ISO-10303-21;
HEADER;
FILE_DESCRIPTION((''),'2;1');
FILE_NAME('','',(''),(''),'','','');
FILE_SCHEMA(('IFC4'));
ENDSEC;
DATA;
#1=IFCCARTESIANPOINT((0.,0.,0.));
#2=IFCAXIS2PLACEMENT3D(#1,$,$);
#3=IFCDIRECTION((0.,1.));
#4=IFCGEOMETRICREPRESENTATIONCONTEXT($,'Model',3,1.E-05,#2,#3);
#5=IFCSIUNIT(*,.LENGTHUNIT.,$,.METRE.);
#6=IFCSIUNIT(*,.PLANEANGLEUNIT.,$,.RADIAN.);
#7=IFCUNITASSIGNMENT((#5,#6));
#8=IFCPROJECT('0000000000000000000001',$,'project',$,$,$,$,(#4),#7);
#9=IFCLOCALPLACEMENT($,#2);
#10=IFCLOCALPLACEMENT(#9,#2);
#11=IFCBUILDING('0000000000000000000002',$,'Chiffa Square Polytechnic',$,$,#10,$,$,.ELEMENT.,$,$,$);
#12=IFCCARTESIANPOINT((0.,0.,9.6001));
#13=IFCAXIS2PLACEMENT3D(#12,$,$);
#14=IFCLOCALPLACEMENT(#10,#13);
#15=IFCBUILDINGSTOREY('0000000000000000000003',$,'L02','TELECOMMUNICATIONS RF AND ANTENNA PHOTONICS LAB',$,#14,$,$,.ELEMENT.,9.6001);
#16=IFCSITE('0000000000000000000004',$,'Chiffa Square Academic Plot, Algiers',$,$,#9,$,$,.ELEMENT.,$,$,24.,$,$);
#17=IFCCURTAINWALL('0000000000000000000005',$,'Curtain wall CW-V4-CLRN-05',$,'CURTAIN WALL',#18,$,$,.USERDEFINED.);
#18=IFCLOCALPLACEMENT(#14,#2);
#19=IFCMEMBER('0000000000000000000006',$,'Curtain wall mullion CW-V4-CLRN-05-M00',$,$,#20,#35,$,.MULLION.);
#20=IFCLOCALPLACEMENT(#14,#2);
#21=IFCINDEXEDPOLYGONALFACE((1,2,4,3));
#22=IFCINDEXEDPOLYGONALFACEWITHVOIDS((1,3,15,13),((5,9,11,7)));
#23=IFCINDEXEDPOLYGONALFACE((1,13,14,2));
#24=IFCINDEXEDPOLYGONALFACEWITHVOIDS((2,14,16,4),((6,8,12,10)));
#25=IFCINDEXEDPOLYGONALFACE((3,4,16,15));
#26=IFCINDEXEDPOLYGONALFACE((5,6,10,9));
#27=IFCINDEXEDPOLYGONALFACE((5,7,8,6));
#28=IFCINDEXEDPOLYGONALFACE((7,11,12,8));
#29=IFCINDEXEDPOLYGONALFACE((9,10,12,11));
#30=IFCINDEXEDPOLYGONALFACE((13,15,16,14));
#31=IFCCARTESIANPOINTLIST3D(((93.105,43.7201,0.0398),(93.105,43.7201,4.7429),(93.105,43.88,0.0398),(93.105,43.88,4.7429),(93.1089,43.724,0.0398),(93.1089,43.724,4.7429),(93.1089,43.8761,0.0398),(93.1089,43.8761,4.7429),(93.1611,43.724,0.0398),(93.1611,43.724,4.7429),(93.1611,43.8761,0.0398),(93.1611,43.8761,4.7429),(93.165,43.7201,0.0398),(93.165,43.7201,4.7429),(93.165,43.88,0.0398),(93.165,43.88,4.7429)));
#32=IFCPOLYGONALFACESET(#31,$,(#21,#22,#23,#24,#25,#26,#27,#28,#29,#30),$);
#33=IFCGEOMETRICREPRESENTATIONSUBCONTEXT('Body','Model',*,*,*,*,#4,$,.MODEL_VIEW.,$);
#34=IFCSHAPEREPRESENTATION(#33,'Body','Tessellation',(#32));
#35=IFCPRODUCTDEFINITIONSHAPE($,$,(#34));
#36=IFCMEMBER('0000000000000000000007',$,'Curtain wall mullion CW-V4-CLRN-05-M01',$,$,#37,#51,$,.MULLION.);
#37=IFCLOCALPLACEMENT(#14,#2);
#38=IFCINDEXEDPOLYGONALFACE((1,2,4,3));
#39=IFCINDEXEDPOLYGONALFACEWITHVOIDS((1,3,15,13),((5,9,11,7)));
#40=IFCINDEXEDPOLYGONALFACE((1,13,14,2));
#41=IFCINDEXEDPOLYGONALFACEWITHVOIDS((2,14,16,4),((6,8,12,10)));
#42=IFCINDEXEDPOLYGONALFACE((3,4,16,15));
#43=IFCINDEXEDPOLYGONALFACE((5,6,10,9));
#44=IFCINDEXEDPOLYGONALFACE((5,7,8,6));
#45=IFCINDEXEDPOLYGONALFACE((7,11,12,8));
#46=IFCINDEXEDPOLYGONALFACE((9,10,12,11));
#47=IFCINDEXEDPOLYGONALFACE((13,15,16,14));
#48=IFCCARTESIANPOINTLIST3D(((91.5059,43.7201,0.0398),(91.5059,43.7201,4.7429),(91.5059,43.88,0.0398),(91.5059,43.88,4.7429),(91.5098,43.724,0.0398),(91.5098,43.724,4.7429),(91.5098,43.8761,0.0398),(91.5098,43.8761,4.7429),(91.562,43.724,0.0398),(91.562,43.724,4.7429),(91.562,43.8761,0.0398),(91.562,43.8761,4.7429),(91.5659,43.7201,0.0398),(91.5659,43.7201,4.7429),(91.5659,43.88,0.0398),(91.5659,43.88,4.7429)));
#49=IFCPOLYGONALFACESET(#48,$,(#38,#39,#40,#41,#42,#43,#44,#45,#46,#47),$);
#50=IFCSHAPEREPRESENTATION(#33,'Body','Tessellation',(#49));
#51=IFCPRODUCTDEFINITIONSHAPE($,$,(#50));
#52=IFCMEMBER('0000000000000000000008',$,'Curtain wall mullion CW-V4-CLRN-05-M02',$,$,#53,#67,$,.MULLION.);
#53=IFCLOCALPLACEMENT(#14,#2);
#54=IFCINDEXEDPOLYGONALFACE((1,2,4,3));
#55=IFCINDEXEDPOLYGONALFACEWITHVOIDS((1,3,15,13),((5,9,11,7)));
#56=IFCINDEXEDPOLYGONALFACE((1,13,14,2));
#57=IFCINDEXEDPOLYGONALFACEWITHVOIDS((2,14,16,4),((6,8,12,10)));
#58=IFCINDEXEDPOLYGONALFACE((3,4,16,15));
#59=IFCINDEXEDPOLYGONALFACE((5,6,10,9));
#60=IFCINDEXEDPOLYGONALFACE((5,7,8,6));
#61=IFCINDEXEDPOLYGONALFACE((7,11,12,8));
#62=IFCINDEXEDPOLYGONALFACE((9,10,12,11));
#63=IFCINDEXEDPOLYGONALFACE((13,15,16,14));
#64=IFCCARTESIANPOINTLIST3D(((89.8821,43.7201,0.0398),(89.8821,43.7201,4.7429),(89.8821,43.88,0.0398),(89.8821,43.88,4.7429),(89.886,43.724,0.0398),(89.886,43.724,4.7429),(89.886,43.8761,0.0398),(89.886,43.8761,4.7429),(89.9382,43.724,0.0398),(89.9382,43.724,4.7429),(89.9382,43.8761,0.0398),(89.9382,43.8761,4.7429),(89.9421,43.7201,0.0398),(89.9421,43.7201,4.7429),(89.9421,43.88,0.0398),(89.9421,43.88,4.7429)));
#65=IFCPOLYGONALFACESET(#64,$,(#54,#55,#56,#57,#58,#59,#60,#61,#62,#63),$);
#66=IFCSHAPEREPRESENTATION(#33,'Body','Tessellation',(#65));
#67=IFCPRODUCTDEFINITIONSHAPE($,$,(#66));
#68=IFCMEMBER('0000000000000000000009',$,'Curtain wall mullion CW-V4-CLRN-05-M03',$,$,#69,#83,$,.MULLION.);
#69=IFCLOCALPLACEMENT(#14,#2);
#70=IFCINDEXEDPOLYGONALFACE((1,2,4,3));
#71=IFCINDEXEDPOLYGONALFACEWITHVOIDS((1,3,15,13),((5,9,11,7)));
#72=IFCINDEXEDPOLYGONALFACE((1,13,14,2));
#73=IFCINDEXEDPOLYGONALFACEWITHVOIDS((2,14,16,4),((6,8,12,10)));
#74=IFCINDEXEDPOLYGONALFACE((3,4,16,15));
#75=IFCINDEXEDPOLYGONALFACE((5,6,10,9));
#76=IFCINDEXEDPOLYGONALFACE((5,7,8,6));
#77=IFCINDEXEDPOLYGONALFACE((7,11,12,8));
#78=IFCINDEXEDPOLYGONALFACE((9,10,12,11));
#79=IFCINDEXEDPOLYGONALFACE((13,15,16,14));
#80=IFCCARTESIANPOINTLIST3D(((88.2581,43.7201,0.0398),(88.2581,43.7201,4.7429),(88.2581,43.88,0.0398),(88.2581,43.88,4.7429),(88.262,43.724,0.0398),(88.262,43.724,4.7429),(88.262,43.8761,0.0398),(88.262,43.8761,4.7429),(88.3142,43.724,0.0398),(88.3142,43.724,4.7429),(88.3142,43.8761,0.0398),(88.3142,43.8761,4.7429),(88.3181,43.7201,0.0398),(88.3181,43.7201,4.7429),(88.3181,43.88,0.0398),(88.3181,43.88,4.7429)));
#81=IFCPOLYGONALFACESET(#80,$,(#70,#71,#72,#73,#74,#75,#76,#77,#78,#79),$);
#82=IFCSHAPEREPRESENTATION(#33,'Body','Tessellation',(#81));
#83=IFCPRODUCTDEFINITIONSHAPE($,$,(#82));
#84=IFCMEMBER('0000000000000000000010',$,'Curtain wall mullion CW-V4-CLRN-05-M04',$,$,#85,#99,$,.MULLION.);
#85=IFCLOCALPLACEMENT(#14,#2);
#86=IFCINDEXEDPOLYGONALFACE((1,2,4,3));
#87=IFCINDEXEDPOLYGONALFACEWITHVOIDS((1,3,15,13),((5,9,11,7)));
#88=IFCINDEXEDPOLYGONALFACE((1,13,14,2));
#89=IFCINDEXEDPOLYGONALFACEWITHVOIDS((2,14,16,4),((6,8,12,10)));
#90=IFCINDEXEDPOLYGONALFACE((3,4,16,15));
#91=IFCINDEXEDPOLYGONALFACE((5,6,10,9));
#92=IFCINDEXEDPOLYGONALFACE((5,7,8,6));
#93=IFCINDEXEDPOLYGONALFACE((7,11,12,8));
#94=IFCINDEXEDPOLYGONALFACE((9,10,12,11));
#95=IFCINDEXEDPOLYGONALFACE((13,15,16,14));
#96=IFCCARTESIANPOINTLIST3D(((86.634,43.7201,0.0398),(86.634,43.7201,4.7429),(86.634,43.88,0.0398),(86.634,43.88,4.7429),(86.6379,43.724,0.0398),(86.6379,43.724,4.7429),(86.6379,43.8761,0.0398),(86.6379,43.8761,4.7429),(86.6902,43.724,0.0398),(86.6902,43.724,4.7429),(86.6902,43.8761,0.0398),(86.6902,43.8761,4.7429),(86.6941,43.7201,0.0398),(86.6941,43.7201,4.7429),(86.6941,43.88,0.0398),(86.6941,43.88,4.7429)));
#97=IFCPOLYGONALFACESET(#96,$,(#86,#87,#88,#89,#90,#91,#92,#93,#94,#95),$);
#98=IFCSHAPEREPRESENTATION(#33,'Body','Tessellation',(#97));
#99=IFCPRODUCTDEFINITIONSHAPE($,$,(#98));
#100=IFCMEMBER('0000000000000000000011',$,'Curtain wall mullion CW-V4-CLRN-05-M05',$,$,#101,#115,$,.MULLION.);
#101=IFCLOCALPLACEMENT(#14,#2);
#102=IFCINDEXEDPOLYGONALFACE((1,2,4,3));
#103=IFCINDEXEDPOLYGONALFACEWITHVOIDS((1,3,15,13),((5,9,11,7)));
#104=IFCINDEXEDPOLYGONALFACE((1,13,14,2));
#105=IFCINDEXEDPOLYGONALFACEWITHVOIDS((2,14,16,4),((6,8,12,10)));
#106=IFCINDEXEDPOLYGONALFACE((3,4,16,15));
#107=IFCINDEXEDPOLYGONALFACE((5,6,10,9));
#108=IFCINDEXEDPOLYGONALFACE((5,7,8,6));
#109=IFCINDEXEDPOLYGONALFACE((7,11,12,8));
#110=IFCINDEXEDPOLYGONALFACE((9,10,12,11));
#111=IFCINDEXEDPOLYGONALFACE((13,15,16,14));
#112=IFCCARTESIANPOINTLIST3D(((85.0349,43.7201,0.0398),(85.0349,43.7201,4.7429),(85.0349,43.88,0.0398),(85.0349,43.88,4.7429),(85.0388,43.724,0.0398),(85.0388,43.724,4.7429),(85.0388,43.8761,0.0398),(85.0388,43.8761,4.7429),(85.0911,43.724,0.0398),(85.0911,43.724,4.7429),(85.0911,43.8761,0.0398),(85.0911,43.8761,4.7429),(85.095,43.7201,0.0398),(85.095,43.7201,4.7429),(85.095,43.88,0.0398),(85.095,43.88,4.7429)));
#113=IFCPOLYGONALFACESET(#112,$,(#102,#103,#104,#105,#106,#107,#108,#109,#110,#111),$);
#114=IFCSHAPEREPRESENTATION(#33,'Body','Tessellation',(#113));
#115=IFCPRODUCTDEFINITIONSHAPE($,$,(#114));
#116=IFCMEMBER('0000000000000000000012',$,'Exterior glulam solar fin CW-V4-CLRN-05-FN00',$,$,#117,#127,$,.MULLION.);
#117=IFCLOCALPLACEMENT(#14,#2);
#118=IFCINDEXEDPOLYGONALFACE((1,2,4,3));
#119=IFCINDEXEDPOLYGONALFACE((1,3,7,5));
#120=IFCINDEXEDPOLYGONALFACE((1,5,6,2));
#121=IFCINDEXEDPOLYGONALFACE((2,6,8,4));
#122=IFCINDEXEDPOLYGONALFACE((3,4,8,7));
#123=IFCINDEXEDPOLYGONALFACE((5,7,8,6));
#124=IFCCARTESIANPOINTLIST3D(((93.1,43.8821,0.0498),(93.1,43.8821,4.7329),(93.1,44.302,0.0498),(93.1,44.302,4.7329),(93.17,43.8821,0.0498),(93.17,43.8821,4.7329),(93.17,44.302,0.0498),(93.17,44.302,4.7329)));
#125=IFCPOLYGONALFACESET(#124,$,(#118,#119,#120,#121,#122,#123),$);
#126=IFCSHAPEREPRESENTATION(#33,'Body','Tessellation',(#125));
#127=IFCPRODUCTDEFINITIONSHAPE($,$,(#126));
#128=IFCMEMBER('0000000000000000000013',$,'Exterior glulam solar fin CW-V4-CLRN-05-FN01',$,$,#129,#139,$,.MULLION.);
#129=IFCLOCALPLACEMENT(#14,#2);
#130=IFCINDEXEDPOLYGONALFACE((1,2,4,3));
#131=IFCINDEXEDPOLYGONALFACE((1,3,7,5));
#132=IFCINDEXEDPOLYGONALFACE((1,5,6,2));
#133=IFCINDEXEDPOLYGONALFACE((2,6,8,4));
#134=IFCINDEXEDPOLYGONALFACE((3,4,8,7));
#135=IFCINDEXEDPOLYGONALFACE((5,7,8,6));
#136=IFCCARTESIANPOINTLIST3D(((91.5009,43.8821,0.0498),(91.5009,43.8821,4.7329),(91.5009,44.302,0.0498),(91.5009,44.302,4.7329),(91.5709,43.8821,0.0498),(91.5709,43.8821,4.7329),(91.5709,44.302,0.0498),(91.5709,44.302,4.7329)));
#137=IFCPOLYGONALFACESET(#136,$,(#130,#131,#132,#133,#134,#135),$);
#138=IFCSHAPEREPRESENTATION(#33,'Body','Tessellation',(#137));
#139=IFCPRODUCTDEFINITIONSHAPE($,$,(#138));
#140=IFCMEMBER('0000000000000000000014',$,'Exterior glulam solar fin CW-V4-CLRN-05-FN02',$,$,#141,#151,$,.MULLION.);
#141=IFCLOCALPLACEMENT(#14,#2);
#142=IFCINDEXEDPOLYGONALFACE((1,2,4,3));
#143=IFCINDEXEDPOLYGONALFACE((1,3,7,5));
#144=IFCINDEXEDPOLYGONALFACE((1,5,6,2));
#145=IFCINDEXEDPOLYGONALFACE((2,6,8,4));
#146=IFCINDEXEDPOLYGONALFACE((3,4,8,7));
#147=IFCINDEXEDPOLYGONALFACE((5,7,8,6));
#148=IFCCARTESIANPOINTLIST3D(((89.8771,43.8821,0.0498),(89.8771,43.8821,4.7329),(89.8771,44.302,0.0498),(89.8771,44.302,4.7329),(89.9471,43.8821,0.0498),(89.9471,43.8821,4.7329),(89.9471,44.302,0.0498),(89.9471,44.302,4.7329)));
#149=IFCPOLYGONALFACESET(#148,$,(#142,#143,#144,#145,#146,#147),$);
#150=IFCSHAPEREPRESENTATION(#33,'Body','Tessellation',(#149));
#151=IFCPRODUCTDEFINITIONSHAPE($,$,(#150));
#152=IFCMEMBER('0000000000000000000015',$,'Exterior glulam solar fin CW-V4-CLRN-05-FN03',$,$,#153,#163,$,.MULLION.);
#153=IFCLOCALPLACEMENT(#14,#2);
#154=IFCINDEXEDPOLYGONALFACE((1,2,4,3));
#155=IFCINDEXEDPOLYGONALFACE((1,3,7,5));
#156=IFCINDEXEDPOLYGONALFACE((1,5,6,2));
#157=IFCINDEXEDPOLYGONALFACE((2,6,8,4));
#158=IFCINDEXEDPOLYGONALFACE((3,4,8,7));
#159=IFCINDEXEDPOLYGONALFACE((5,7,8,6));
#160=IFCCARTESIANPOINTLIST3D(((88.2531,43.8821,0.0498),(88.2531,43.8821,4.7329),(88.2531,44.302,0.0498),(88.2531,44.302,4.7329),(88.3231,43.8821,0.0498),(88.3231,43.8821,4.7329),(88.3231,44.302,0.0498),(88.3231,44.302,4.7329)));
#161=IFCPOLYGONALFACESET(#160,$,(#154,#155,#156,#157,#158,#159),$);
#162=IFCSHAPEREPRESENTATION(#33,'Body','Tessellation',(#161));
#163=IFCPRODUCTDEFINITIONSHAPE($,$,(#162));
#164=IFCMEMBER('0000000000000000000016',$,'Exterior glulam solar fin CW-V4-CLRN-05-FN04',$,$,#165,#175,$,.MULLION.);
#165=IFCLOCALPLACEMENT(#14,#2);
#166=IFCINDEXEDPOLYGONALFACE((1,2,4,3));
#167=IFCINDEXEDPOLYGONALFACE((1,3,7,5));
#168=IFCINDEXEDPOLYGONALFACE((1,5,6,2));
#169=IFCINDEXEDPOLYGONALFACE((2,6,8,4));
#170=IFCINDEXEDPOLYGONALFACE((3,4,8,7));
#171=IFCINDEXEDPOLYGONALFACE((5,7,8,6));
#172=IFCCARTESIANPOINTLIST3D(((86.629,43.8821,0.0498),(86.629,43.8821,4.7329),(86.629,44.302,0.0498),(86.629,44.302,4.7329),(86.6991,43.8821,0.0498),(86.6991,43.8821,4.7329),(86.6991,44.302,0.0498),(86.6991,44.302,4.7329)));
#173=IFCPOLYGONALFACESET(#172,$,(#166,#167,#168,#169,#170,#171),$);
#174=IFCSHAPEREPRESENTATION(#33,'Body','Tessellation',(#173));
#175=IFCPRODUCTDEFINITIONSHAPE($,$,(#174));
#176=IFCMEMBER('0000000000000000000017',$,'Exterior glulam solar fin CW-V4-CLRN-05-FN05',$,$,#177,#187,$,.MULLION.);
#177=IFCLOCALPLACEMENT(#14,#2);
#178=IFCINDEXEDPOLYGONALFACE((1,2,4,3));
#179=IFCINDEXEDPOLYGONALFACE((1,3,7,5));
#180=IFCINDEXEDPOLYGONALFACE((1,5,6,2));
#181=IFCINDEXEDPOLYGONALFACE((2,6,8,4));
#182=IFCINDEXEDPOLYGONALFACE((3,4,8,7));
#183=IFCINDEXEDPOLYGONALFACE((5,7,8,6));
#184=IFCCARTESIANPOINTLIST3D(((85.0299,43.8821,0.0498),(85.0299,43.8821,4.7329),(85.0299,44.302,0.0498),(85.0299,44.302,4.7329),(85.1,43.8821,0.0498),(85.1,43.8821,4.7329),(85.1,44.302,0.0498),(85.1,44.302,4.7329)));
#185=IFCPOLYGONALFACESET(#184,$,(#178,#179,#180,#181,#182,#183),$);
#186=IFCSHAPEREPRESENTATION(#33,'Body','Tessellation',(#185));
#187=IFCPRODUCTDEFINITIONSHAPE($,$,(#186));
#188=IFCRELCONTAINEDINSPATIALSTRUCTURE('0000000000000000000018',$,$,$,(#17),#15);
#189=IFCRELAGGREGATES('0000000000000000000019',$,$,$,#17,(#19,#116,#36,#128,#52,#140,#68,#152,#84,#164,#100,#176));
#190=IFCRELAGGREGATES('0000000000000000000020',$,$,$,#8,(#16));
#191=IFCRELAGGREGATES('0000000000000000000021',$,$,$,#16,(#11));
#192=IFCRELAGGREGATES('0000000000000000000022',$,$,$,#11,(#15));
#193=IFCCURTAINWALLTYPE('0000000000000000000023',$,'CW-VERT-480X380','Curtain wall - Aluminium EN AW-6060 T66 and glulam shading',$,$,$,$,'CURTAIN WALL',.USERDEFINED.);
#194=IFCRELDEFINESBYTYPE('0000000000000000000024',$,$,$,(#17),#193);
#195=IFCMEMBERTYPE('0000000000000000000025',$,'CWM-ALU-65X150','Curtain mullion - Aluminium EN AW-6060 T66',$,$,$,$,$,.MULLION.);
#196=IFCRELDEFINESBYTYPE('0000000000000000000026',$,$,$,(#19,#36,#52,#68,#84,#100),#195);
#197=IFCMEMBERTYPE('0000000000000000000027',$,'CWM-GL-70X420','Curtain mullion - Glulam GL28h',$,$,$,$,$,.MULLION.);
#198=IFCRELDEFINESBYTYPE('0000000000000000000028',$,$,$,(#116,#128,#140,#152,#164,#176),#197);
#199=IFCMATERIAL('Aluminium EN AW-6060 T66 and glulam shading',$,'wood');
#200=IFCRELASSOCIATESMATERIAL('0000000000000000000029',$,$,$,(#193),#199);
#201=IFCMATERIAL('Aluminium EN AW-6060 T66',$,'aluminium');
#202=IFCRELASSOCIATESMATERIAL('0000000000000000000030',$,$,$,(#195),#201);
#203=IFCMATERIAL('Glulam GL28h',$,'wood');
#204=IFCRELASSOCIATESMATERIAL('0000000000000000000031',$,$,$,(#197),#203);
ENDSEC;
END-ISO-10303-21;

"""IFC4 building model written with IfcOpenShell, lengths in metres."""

from ifc_helpers import new_model, si_unit, direction, frame, origin, origin_2d, place, context, subcontext, project, spatial, rectangle, hollow_rectangle, extrude, material, material_profile, profile_set, type_object, element, aggregate, save


model = new_model("IFC4")

# Units and contexts
model_context = context("Model", 3, precision=1e-05, world=origin(), true_north=direction((0.0, 1.0)))
body_context = subcontext(model_context, "Body", "Model", "MODEL_VIEW")
ifc_project = project(units=[si_unit("LENGTHUNIT", "METRE"), si_unit("PLANEANGLEUNIT", "RADIAN")], contexts=[model_context])

# Site, building, storey
site_placement = place(None, origin())
site = spatial("IfcSite", under=ifc_project, at=site_placement, Name="Chiffa Square Academic Plot, Algiers", CompositionType="ELEMENT", RefElevation=24.0)
building_placement = place(site_placement, origin())
building = spatial("IfcBuilding", under=site, at=building_placement, Name="Chiffa Square Polytechnic", CompositionType="ELEMENT")
storey_placement = place(building_placement, frame((0.0, 0.0, 9.6001)))
storey = spatial("IfcBuildingStorey", under=building, at=storey_placement, Name="L02", Description="TELECOMMUNICATIONS RF AND ANTENNA PHOTONICS LAB", CompositionType="ELEMENT", Elevation=9.6001)

# Curtain wall, members
ifc_material_1 = material(Name="Aluminium EN AW-6060 T66 and glulam shading", Category="wood")
curtain_wall_type = type_object("IfcCurtainWallType", Name="CW-VERT-480X380", Description="Curtain wall - Aluminium EN AW-6060 T66 and glulam shading", ElementType="CURTAIN WALL", PredefinedType="USERDEFINED", material=ifc_material_1)
curtain_wall_placement = place(storey_placement, origin())
curtain_wall = element("IfcCurtainWall", 1, at=curtain_wall_placement, inside=storey, type_object=curtain_wall_type, Name="Curtain wall CW-V4-CLRN-05", ObjectType="CURTAIN WALL", PredefinedType="USERDEFINED")
ifc_material_2 = material(Name="Aluminium EN AW-6060 T66", Category="aluminium")
ifc_material_profile_1 = material_profile(ifc_material_2, hollow_rectangle(XDim=0.0601, YDim=0.1599, WallThickness=0.0039, at=origin_2d()), Name="ALU 60x160x4")
ifc_profile_set_1 = profile_set([ifc_material_profile_1], Name="Aluminium EN AW-6060 T66")
member_type_1 = type_object("IfcMemberType", Name="CWM-ALU-65X150", Description="Curtain mullion - Aluminium EN AW-6060 T66", PredefinedType="MULLION", material=ifc_profile_set_1)
member_1_placement = place(storey_placement, frame((93.135, 43.8, 0.0398), z_axis=(0.0, 0.0, 1.0), x_axis=(1.0, 0.0, 0.0)))
member_1 = element("IfcMember", 2, at=member_1_placement, type_object=member_type_1, Name="Curtain wall mullion CW-V4-CLRN-05-M00", PredefinedType="MULLION", context=body_context, shape_type="SweptSolid", body=[
    extrude(hollow_rectangle(XDim=0.0601, YDim=0.1599, WallThickness=0.0039, at=origin_2d()), origin(), (0.0, 0.0, 1.0), 4.7031),
])
member_2_placement = place(storey_placement, frame((91.5359, 43.8, 0.0398), z_axis=(0.0, 0.0, 1.0), x_axis=(1.0, 0.0, 0.0)))
member_2 = element("IfcMember", 3, at=member_2_placement, type_object=member_type_1, Name="Curtain wall mullion CW-V4-CLRN-05-M01", PredefinedType="MULLION", context=body_context, shape_type="SweptSolid", body=[
    extrude(hollow_rectangle(XDim=0.0601, YDim=0.1599, WallThickness=0.0039, at=origin_2d()), origin(), (0.0, 0.0, 1.0), 4.7031),
])
member_3_placement = place(storey_placement, frame((89.9121, 43.8, 0.0398), z_axis=(0.0, 0.0, 1.0), x_axis=(1.0, 0.0, 0.0)))
member_3 = element("IfcMember", 4, at=member_3_placement, type_object=member_type_1, Name="Curtain wall mullion CW-V4-CLRN-05-M02", PredefinedType="MULLION", context=body_context, shape_type="SweptSolid", body=[
    extrude(hollow_rectangle(XDim=0.0601, YDim=0.1599, WallThickness=0.0039, at=origin_2d()), origin(), (0.0, 0.0, 1.0), 4.7031),
])
member_4_placement = place(storey_placement, frame((88.2881, 43.8, 0.0398), z_axis=(0.0, 0.0, 1.0), x_axis=(1.0, 0.0, 0.0)))
member_4 = element("IfcMember", 5, at=member_4_placement, type_object=member_type_1, Name="Curtain wall mullion CW-V4-CLRN-05-M03", PredefinedType="MULLION", context=body_context, shape_type="SweptSolid", body=[
    extrude(hollow_rectangle(XDim=0.0601, YDim=0.1599, WallThickness=0.0039, at=origin_2d()), origin(), (0.0, 0.0, 1.0), 4.7031),
])
member_5_placement = place(storey_placement, frame((86.6641, 43.8, 0.0398), z_axis=(0.0, 0.0, 1.0), x_axis=(1.0, 0.0, 0.0)))
member_5 = element("IfcMember", 6, at=member_5_placement, type_object=member_type_1, Name="Curtain wall mullion CW-V4-CLRN-05-M04", PredefinedType="MULLION", context=body_context, shape_type="SweptSolid", body=[
    extrude(hollow_rectangle(XDim=0.0601, YDim=0.1599, WallThickness=0.0039, at=origin_2d()), origin(), (0.0, 0.0, 1.0), 4.7031),
])
member_6_placement = place(storey_placement, frame((85.0649, 43.8, 0.0398), z_axis=(0.0, 0.0, 1.0), x_axis=(1.0, 0.0, 0.0)))
member_6 = element("IfcMember", 7, at=member_6_placement, type_object=member_type_1, Name="Curtain wall mullion CW-V4-CLRN-05-M05", PredefinedType="MULLION", context=body_context, shape_type="SweptSolid", body=[
    extrude(hollow_rectangle(XDim=0.0601, YDim=0.1599, WallThickness=0.0039, at=origin_2d()), origin(), (0.0, 0.0, 1.0), 4.7031),
])
ifc_material_3 = material(Name="Glulam GL28h", Category="wood")
ifc_material_profile_2 = material_profile(ifc_material_3, rectangle(XDim=0.0701, YDim=0.4199, at=origin_2d()), Name="GL28h 70x420")
ifc_profile_set_2 = profile_set([ifc_material_profile_2], Name="Glulam GL28h")
member_type_2 = type_object("IfcMemberType", Name="CWM-GL-70X420", Description="Curtain mullion - Glulam GL28h", PredefinedType="MULLION", material=ifc_profile_set_2)
member_7_placement = place(storey_placement, frame((93.135, 44.092, 0.0498), z_axis=(0.0, 0.0, 1.0), x_axis=(-1.0, 0.0, 0.0)))
member_7 = element("IfcMember", 8, at=member_7_placement, type_object=member_type_2, Name="Exterior glulam solar fin CW-V4-CLRN-05-FN00", PredefinedType="MULLION", context=body_context, shape_type="SweptSolid", body=[
    extrude(rectangle(XDim=0.0701, YDim=0.4199, at=origin_2d()), origin(), (0.0, 0.0, 1.0), 4.6831),
])
member_8_placement = place(storey_placement, frame((91.5359, 44.092, 0.0498), z_axis=(0.0, 0.0, 1.0), x_axis=(-1.0, 0.0, 0.0)))
member_8 = element("IfcMember", 9, at=member_8_placement, type_object=member_type_2, Name="Exterior glulam solar fin CW-V4-CLRN-05-FN01", PredefinedType="MULLION", context=body_context, shape_type="SweptSolid", body=[
    extrude(rectangle(XDim=0.0701, YDim=0.4199, at=origin_2d()), origin(), (0.0, 0.0, 1.0), 4.6831),
])
member_9_placement = place(storey_placement, frame((89.9121, 44.092, 0.0498), z_axis=(0.0, 0.0, 1.0), x_axis=(-1.0, 0.0, 0.0)))
member_9 = element("IfcMember", 10, at=member_9_placement, type_object=member_type_2, Name="Exterior glulam solar fin CW-V4-CLRN-05-FN02", PredefinedType="MULLION", context=body_context, shape_type="SweptSolid", body=[
    extrude(rectangle(XDim=0.0701, YDim=0.4199, at=origin_2d()), origin(), (0.0, 0.0, 1.0), 4.6831),
])
member_10_placement = place(storey_placement, frame((88.2881, 44.092, 0.0498), z_axis=(0.0, 0.0, 1.0), x_axis=(-1.0, 0.0, 0.0)))
member_10 = element("IfcMember", 11, at=member_10_placement, type_object=member_type_2, Name="Exterior glulam solar fin CW-V4-CLRN-05-FN03", PredefinedType="MULLION", context=body_context, shape_type="SweptSolid", body=[
    extrude(rectangle(XDim=0.0701, YDim=0.4199, at=origin_2d()), origin(), (0.0, 0.0, 1.0), 4.6831),
])
member_11_placement = place(storey_placement, frame((86.6641, 44.092, 0.0498), z_axis=(0.0, 0.0, 1.0), x_axis=(-1.0, 0.0, 0.0)))
member_11 = element("IfcMember", 12, at=member_11_placement, type_object=member_type_2, Name="Exterior glulam solar fin CW-V4-CLRN-05-FN04", PredefinedType="MULLION", context=body_context, shape_type="SweptSolid", body=[
    extrude(rectangle(XDim=0.0701, YDim=0.4199, at=origin_2d()), origin(), (0.0, 0.0, 1.0), 4.6831),
])
member_12_placement = place(storey_placement, frame((85.0649, 44.092, 0.0498), z_axis=(0.0, 0.0, 1.0), x_axis=(-1.0, 0.0, 0.0)))
member_12 = element("IfcMember", 13, at=member_12_placement, type_object=member_type_2, Name="Exterior glulam solar fin CW-V4-CLRN-05-FN05", PredefinedType="MULLION", context=body_context, shape_type="SweptSolid", body=[
    extrude(rectangle(XDim=0.0701, YDim=0.4199, at=origin_2d()), origin(), (0.0, 0.0, 1.0), 4.6831),
])
aggregate(curtain_wall, [member_1, member_7, member_2, member_8, member_3, member_9, member_4, member_10, member_5, member_11, member_6, member_12])

save(model, "model.ifc")
